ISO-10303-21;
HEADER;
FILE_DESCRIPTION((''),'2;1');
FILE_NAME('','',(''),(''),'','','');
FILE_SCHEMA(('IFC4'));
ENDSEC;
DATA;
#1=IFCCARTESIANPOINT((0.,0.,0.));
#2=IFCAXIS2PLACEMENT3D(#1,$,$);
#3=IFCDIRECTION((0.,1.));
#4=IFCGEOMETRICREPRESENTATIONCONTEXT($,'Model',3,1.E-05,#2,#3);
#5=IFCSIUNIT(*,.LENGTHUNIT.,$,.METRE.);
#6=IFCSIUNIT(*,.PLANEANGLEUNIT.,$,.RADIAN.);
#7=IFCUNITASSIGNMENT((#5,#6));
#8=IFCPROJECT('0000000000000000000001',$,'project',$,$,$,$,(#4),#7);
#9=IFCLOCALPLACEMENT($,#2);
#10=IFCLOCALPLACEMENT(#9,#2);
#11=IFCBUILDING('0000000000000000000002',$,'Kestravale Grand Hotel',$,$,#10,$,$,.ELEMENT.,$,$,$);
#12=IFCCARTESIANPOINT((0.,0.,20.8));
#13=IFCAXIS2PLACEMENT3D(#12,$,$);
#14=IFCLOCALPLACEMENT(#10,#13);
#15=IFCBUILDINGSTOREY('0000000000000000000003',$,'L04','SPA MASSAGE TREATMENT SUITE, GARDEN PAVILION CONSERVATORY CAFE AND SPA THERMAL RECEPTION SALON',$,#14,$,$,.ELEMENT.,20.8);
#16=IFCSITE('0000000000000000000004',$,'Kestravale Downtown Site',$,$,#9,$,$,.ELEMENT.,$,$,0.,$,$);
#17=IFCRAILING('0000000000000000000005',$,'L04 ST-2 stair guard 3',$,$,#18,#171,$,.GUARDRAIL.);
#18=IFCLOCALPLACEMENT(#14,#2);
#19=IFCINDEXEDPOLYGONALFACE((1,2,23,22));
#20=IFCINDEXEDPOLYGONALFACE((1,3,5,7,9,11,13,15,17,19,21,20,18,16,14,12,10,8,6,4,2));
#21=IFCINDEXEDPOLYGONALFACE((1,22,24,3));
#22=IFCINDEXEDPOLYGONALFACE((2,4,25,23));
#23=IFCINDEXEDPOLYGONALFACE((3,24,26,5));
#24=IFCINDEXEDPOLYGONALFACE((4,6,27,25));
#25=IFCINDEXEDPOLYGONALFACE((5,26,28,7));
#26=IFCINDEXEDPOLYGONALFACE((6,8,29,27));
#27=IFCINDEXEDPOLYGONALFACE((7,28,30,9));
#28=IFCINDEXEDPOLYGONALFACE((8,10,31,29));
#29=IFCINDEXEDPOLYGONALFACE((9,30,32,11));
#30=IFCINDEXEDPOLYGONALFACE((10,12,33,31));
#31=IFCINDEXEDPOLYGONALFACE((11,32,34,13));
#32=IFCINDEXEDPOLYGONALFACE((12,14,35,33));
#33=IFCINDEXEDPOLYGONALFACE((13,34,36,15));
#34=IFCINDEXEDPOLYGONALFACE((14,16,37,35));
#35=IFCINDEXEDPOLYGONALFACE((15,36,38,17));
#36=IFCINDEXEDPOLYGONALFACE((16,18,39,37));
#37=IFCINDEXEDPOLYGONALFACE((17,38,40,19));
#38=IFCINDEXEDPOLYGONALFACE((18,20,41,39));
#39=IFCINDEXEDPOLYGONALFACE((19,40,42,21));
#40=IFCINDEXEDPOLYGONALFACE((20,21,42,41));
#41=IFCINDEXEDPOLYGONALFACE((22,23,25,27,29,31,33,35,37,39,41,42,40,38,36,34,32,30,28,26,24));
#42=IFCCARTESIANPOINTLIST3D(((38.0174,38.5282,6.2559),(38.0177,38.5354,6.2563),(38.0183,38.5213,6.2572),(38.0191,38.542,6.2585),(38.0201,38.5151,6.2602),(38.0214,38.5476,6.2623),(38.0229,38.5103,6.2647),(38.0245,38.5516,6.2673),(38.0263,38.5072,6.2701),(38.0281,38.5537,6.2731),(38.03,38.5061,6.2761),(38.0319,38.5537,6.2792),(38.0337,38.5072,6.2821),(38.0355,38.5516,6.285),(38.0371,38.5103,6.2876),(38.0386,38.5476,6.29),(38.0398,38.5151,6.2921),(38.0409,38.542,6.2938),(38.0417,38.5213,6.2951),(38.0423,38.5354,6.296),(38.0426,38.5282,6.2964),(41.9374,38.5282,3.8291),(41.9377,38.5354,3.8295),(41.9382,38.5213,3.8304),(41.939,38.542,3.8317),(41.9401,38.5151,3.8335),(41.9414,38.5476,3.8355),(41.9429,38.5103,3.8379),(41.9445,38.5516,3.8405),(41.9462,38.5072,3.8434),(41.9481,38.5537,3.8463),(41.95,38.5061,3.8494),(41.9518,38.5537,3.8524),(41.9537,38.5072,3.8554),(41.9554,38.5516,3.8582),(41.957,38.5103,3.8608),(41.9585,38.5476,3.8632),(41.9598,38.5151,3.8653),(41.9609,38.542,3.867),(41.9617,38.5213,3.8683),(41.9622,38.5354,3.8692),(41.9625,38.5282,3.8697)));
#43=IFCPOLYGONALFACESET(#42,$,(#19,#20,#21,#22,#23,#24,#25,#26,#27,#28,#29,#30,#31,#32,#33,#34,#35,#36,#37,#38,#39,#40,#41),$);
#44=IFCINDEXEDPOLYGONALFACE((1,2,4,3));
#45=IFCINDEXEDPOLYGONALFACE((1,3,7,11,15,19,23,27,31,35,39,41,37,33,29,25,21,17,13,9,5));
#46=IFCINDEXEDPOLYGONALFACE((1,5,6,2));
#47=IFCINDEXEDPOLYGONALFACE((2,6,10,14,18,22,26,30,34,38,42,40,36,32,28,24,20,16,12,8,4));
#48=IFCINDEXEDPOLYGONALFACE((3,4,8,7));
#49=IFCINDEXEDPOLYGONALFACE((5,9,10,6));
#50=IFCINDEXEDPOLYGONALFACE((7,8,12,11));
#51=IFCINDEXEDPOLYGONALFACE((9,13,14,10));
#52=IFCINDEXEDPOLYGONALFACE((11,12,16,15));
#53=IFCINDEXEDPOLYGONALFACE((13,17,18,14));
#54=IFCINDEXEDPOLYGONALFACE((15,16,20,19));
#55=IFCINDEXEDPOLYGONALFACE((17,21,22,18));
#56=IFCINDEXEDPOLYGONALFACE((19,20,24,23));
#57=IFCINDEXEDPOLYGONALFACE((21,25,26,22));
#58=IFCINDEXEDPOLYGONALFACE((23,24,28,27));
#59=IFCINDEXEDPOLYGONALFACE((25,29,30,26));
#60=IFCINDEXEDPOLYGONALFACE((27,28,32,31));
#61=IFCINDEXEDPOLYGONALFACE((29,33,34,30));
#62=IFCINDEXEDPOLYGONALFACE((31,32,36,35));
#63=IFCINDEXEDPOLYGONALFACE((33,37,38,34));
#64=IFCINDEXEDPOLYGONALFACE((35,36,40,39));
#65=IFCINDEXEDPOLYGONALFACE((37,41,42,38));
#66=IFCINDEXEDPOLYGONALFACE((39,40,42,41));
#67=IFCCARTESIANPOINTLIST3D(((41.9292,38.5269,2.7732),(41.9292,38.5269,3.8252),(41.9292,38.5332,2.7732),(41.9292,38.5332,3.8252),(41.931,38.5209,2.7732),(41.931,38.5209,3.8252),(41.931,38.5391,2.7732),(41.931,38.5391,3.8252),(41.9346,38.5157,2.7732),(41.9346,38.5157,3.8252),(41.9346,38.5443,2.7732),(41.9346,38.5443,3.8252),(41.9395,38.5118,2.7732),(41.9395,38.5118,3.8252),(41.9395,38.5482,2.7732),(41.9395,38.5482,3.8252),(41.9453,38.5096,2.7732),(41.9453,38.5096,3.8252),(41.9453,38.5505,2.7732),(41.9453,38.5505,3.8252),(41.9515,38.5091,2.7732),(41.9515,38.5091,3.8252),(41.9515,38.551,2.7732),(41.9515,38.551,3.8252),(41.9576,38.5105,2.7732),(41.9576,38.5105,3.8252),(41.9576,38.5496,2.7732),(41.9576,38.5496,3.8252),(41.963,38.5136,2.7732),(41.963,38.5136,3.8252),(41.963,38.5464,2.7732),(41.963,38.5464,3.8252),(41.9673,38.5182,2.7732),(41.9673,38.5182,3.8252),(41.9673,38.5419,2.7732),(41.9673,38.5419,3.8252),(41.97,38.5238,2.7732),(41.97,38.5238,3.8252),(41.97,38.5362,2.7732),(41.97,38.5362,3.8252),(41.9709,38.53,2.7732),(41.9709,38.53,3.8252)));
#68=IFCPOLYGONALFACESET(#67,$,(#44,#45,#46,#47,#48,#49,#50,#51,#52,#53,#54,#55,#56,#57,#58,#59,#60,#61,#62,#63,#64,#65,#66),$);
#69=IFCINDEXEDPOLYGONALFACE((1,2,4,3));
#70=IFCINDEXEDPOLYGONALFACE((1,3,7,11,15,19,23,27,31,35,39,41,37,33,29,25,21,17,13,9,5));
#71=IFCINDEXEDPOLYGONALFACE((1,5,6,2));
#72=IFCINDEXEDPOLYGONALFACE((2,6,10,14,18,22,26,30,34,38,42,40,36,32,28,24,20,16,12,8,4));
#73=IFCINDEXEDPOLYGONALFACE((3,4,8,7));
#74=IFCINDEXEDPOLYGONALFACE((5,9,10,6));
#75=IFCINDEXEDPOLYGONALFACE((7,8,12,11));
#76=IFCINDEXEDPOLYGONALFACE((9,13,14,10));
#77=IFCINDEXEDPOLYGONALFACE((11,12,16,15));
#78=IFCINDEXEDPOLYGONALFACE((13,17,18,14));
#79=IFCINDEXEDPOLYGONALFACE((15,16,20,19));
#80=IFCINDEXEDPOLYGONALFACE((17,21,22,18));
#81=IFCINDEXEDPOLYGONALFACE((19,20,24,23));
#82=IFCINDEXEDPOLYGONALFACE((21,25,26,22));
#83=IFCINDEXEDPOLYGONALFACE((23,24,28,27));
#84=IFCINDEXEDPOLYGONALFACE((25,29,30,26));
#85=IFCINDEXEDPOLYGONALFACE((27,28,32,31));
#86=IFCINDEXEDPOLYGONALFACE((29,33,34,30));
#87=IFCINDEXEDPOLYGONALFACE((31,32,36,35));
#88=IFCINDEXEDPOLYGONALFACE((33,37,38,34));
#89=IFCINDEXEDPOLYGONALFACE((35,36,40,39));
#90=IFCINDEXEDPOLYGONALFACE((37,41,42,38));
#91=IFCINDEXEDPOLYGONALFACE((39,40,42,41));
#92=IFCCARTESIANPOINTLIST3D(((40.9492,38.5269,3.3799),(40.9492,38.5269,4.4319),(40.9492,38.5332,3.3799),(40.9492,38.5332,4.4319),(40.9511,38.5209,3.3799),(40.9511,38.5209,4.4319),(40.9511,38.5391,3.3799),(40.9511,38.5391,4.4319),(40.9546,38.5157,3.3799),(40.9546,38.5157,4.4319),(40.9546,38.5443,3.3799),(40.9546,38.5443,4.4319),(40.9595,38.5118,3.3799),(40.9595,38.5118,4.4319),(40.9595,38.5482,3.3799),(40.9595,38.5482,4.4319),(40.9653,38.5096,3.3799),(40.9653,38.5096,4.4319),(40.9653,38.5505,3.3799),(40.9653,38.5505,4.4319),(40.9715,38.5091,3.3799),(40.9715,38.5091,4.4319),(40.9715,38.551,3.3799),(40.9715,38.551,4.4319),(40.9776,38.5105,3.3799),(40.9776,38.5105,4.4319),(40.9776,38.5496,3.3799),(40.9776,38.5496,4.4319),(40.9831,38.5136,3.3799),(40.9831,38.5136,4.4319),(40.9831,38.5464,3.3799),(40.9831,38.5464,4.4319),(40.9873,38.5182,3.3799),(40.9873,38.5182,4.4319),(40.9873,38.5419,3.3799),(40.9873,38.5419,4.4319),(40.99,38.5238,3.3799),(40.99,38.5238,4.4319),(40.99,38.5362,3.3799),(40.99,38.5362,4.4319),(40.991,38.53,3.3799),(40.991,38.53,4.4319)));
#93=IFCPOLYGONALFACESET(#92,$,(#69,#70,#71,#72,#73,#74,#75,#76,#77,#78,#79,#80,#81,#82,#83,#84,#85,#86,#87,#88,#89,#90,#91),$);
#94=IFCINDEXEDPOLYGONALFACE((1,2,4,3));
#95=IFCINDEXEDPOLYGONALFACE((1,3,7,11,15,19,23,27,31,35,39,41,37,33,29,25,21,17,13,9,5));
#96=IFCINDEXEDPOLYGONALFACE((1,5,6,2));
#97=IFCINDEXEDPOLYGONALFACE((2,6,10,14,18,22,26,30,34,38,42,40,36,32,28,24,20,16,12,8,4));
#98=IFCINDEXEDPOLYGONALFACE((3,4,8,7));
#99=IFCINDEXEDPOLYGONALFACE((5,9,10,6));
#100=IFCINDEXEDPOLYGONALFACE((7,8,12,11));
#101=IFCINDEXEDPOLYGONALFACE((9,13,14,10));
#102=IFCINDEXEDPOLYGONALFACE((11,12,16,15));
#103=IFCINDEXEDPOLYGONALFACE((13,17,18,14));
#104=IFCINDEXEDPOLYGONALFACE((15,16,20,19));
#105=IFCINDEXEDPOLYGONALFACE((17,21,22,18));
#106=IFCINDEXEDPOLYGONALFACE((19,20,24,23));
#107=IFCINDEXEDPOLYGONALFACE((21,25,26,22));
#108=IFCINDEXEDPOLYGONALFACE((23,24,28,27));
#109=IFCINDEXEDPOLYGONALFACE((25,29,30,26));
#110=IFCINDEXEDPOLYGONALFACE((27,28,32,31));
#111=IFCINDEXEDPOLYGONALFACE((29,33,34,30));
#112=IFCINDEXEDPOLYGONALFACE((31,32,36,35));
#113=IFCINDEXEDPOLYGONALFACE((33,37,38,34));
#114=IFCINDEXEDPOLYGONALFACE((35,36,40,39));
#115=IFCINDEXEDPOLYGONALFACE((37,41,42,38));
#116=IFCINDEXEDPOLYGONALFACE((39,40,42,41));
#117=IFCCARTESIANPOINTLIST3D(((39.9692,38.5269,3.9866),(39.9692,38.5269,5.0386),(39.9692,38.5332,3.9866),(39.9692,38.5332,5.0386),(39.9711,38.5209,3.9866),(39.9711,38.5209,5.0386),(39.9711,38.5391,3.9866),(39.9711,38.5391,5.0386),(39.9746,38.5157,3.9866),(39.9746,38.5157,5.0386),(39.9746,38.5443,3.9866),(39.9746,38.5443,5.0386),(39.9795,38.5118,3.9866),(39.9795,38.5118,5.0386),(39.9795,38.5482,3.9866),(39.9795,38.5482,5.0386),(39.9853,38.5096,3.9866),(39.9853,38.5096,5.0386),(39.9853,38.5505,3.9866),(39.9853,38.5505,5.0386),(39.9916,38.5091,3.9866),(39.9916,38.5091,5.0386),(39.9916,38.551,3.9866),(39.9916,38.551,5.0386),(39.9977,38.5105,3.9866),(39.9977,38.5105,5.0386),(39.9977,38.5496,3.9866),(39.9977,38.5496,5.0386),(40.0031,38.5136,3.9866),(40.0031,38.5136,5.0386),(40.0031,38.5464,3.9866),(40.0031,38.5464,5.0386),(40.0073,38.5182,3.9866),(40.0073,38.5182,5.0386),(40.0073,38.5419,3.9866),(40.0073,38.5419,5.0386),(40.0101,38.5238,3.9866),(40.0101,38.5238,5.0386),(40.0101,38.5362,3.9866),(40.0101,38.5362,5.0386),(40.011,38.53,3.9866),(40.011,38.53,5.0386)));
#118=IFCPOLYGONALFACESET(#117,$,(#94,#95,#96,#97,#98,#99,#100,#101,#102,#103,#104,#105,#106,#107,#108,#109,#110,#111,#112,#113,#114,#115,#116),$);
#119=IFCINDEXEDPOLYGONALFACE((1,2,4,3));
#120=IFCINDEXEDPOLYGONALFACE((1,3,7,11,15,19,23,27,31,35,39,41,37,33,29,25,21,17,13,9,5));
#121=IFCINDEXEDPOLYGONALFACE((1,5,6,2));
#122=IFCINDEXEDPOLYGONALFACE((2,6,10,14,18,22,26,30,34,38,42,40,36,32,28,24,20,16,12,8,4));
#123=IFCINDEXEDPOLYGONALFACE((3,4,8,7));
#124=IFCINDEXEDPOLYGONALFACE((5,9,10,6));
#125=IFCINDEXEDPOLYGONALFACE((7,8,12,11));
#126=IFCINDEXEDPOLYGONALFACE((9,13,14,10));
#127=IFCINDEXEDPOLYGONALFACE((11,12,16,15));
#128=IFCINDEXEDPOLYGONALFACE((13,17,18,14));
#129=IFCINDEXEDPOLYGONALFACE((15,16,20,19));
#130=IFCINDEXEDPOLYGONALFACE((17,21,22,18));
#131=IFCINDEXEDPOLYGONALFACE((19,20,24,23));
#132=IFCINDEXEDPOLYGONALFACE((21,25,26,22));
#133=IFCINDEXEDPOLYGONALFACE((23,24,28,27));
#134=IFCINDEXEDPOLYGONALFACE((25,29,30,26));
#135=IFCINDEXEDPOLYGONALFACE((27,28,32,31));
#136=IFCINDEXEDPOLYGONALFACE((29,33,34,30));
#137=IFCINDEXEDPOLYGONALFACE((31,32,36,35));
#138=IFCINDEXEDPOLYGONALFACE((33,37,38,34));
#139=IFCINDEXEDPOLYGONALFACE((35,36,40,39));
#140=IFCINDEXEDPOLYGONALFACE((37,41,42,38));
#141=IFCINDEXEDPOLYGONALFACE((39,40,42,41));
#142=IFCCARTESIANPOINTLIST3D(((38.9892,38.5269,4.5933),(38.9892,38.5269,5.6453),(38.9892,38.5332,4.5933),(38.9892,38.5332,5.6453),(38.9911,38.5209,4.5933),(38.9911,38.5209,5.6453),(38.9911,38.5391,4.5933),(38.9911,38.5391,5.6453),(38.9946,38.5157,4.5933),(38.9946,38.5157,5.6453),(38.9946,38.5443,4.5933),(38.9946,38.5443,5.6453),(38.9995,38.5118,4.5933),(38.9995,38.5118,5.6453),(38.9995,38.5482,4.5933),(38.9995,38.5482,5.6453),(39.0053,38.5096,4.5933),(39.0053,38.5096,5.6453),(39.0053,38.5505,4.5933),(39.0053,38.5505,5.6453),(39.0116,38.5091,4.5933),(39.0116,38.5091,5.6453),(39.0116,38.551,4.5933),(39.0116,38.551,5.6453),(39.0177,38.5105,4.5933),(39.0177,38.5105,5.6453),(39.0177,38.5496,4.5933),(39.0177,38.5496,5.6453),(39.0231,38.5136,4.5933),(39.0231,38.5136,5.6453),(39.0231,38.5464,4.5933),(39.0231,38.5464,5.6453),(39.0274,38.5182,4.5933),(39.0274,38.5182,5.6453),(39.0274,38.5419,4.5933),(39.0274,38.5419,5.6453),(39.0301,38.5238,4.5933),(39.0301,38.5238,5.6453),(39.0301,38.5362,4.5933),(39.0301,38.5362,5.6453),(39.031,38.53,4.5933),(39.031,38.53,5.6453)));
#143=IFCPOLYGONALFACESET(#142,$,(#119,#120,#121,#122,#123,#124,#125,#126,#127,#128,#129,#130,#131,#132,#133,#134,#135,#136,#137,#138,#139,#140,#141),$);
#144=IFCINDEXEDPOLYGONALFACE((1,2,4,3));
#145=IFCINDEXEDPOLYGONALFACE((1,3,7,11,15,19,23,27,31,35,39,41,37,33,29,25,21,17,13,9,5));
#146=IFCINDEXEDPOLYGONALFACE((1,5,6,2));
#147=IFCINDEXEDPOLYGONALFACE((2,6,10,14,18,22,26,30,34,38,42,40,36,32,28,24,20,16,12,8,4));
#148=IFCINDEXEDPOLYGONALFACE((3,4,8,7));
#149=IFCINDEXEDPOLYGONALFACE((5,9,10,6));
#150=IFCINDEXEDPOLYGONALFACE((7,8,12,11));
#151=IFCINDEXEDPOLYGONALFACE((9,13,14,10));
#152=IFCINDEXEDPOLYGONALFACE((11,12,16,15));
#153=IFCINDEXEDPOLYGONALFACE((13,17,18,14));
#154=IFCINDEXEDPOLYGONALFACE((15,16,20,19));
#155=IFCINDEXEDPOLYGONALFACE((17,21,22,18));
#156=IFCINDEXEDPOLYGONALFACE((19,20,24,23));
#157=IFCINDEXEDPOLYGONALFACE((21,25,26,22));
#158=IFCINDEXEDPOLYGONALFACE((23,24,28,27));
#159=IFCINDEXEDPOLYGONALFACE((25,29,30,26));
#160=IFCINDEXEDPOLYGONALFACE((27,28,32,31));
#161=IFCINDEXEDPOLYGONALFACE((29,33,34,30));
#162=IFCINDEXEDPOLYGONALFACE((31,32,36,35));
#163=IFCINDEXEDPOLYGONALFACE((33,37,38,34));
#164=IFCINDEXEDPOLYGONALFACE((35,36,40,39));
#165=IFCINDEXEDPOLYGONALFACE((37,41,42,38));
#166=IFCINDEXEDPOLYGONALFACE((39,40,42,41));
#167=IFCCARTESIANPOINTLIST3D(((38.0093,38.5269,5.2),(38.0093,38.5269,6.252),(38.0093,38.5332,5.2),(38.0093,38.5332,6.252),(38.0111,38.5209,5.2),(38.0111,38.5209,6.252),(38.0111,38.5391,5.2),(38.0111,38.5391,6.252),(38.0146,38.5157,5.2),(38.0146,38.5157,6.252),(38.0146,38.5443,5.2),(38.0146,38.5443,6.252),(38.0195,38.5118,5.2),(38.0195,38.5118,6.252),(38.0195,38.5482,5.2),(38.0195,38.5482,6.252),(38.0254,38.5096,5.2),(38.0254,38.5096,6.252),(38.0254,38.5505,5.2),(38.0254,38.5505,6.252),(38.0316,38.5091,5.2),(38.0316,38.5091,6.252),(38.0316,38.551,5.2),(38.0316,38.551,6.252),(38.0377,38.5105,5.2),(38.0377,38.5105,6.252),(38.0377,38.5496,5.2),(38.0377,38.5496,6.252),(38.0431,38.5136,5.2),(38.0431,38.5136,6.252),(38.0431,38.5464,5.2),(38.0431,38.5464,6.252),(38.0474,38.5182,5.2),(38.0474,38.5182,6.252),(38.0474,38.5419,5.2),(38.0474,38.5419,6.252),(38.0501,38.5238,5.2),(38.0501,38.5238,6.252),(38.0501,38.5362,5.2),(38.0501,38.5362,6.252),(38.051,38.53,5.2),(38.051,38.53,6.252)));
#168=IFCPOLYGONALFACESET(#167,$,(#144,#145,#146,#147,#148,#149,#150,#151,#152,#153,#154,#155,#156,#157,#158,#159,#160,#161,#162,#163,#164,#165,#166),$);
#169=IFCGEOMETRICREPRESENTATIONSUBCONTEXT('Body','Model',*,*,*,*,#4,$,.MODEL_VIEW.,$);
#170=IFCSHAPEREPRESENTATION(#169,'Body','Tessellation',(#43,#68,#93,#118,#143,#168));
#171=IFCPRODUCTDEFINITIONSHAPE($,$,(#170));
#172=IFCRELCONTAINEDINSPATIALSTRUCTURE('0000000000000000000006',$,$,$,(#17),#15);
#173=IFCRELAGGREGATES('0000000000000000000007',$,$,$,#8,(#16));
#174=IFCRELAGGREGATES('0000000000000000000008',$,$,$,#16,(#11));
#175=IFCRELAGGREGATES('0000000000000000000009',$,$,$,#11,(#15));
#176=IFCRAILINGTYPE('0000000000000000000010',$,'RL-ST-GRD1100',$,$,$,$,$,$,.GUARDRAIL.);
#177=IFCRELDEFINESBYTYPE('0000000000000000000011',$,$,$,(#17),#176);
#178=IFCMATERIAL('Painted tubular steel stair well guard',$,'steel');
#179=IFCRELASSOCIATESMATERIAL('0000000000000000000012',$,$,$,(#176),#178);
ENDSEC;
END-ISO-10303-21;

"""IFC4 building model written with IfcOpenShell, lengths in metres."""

from ifc_helpers import new_model, si_unit, direction, frame, origin, origin_2d, place, context, subcontext, project, spatial, circle, extrude, material, type_object, element, save


model = new_model("IFC4")

# Units and contexts
model_context = context("Model", 3, precision=1e-05, world=origin(), true_north=direction((0.0, 1.0)))
body_context = subcontext(model_context, "Body", "Model", "MODEL_VIEW")
ifc_project = project(units=[si_unit("LENGTHUNIT", "METRE"), si_unit("PLANEANGLEUNIT", "RADIAN")], contexts=[model_context])

# Site, building, storey
site_placement = place(None, origin())
site = spatial("IfcSite", under=ifc_project, at=site_placement, Name="Kestravale Downtown Site", CompositionType="ELEMENT", RefElevation=0.0)
building_placement = place(site_placement, origin())
building = spatial("IfcBuilding", under=site, at=building_placement, Name="Kestravale Grand Hotel", CompositionType="ELEMENT")
storey_placement = place(building_placement, frame((0.0, 0.0, 20.8)))
storey = spatial("IfcBuildingStorey", under=building, at=storey_placement, Name="L04", Description="SPA MASSAGE TREATMENT SUITE, GARDEN PAVILION CONSERVATORY CAFE AND SPA THERMAL RECEPTION SALON", CompositionType="ELEMENT", Elevation=20.8)

# Railing
ifc_material_1 = material(Name="Painted tubular steel stair well guard", Category="steel")
railing_type_1 = type_object("IfcRailingType", Name="RL-ST-GRD1100", PredefinedType="GUARDRAIL", material=ifc_material_1)
railing_1_placement = place(storey_placement, frame((41.95, 38.53, 2.7732)))
element("IfcRailing", 1, at=railing_1_placement, inside=storey, type_object=railing_type_1, Name="L04 ST-2 stair guard 3", PredefinedType="GUARDRAIL", context=body_context, shape_type="SweptSolid", body=[
    extrude(circle(Radius=0.0239, at=origin_2d()), frame((0.0, 0.0, 1.0762), z_axis=(-0.850252, 0.0, 0.526376), x_axis=(0.0, -1.0, 0.0)), (0.0, 0.0, 1.0), 4.6104),
    extrude(circle(Radius=0.021, at=origin_2d()), origin(), (0.0, 0.0, 1.0), 1.052),
    extrude(circle(Radius=0.021, at=origin_2d()), frame((-0.98, 0.0, 0.6067)), (0.0, 0.0, 1.0), 1.052),
    extrude(circle(Radius=0.021, at=origin_2d()), frame((-1.96, 0.0, 1.2134)), (0.0, 0.0, 1.0), 1.052),
    extrude(circle(Radius=0.021, at=origin_2d()), frame((-2.9399, 0.0, 1.8201)), (0.0, 0.0, 1.0), 1.052),
    extrude(circle(Radius=0.021, at=origin_2d()), frame((-3.9199, 0.0, 2.4268)), (0.0, 0.0, 1.0), 1.052),
])

save(model, "model.ifc")
